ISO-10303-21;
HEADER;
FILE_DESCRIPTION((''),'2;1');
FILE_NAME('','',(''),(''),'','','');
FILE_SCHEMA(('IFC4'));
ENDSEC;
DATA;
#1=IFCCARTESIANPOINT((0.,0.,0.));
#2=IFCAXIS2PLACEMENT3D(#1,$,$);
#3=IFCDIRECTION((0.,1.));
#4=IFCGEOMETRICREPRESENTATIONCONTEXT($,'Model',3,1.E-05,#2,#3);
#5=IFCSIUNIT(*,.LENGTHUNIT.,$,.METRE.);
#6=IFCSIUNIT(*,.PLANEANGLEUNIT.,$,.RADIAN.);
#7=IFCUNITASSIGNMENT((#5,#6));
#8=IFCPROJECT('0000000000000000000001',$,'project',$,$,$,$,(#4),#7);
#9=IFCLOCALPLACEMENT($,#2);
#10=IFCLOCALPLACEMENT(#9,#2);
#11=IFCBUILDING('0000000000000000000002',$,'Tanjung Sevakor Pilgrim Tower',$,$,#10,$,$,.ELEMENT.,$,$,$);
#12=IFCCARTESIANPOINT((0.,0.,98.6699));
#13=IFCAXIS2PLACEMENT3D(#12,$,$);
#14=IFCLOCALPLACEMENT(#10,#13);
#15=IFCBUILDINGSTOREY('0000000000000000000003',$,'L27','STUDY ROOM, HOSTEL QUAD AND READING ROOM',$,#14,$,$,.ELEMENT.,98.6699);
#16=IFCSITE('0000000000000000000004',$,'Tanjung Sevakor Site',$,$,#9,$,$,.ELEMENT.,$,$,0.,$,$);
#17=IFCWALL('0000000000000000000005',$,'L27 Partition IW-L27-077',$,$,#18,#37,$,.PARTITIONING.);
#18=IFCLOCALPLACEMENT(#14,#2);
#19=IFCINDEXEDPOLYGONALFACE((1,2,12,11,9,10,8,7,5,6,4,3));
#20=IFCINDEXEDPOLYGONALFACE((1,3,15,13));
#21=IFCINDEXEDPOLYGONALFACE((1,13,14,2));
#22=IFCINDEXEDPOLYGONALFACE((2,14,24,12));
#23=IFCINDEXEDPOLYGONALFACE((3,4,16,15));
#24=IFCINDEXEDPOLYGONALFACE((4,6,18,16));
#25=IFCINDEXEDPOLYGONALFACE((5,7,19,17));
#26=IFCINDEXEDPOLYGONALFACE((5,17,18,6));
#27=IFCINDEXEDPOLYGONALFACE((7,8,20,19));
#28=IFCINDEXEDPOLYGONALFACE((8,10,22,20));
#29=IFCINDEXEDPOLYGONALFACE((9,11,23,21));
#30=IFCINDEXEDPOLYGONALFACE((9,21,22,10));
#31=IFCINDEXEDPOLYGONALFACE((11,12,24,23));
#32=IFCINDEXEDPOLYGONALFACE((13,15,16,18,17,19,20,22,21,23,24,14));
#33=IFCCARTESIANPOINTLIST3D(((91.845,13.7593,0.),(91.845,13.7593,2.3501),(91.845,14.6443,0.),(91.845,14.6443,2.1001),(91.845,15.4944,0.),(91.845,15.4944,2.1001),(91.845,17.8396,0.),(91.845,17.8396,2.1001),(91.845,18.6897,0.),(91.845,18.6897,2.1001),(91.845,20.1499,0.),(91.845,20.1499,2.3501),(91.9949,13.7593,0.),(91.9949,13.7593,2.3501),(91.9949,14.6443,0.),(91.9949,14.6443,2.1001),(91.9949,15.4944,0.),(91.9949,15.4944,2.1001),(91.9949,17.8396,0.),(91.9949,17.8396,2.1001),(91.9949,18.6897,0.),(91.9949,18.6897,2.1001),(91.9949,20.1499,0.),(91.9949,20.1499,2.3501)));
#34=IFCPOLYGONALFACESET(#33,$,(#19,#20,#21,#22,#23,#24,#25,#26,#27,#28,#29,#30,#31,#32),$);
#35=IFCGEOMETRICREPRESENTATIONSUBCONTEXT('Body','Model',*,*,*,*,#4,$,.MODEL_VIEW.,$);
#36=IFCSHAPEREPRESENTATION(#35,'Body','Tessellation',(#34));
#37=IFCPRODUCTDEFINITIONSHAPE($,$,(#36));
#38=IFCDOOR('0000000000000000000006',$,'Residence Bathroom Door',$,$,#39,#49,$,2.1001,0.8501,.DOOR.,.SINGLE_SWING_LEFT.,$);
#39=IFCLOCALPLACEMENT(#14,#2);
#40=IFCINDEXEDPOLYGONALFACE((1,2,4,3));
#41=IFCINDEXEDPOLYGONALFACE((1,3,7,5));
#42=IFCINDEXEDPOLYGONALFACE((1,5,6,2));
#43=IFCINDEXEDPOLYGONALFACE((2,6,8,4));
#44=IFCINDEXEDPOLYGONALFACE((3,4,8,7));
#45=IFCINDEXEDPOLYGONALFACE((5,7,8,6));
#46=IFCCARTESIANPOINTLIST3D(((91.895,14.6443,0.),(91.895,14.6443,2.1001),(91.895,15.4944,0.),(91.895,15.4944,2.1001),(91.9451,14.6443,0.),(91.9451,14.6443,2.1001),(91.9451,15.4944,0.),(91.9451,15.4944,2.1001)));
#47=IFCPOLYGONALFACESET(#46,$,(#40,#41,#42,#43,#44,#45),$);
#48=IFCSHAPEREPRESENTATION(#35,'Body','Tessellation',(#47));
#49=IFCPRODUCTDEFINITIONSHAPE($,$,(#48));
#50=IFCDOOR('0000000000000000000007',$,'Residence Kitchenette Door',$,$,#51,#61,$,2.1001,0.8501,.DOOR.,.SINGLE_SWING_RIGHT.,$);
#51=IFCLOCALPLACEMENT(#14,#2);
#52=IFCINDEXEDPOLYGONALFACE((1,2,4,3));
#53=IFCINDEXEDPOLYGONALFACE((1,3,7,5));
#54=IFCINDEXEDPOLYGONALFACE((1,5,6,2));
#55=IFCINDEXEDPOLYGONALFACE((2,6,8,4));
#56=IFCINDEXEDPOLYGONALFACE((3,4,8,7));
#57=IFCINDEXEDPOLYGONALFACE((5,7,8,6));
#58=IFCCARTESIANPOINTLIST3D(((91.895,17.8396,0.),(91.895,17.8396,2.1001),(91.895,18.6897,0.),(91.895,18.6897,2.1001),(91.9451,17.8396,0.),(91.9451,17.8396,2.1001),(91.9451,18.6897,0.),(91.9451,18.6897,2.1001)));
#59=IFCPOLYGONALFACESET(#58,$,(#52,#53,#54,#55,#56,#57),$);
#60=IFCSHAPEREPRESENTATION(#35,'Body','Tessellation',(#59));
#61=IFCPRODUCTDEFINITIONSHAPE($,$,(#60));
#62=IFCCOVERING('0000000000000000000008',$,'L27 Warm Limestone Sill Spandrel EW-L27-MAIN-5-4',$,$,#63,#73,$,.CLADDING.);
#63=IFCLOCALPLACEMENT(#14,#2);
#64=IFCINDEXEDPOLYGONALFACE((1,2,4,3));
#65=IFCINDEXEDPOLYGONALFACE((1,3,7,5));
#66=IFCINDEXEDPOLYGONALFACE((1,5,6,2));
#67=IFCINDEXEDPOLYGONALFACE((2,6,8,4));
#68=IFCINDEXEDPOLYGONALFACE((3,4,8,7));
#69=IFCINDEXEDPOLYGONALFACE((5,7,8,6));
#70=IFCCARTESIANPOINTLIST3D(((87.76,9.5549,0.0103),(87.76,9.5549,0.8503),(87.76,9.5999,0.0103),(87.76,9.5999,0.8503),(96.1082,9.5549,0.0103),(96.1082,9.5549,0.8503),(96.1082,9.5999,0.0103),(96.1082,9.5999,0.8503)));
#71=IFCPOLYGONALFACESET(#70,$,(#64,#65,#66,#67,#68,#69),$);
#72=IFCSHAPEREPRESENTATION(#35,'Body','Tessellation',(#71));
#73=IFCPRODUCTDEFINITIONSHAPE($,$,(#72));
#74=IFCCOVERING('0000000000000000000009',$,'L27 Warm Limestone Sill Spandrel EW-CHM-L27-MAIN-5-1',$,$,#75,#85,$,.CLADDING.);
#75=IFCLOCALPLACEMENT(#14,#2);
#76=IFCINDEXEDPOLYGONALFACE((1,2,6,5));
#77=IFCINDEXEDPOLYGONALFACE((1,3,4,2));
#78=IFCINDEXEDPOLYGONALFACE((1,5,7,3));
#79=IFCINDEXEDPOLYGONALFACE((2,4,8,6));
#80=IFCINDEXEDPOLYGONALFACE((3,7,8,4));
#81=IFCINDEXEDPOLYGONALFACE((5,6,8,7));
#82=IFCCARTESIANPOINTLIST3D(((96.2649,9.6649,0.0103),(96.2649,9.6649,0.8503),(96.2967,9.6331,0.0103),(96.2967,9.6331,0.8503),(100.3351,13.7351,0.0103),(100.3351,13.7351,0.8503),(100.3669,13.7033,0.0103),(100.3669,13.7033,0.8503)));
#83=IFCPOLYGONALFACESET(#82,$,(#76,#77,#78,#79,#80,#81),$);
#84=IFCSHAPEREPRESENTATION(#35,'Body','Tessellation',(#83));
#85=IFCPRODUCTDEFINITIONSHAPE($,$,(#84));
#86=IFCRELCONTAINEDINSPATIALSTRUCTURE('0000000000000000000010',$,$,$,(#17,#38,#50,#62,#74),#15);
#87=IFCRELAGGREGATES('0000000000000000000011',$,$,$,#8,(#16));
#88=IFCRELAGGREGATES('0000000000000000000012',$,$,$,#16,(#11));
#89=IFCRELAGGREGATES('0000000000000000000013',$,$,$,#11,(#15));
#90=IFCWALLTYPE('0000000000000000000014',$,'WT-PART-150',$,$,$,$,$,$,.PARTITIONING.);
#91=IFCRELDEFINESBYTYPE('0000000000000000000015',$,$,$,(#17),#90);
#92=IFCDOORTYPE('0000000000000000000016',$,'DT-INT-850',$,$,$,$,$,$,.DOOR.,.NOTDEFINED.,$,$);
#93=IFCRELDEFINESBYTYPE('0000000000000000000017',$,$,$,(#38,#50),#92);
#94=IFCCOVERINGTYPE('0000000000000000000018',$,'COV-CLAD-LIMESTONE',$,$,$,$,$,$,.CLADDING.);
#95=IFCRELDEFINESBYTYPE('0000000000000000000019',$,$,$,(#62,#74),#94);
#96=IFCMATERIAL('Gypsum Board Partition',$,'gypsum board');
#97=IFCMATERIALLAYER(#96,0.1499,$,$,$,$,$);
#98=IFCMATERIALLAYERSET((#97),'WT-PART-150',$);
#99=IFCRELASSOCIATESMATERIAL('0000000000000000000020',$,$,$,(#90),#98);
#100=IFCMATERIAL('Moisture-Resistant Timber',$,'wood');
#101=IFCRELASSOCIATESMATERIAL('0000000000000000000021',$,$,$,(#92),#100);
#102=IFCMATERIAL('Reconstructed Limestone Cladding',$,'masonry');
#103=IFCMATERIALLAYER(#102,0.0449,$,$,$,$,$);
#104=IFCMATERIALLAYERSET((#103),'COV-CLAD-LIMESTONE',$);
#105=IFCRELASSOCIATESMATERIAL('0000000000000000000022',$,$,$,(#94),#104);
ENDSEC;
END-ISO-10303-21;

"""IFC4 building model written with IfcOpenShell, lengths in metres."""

from ifc_helpers import new_model, si_unit, direction, frame, frame_2d, origin, origin_2d, place, context, subcontext, project, spatial, rectangle, extrude, material, layer, layer_set, type_object, element, fill, save


model = new_model("IFC4")

# Units and contexts
model_context = context("Model", 3, precision=1e-05, world=origin(), true_north=direction((0.0, 1.0)))
body_context = subcontext(model_context, "Body", "Model", "MODEL_VIEW")
ifc_project = project(units=[si_unit("LENGTHUNIT", "METRE"), si_unit("PLANEANGLEUNIT", "RADIAN")], contexts=[model_context])

# Site, building, storey
site_placement = place(None, origin())
site = spatial("IfcSite", under=ifc_project, at=site_placement, Name="Tanjung Sevakor Site", CompositionType="ELEMENT", RefElevation=0.0)
building_placement = place(site_placement, origin())
building = spatial("IfcBuilding", under=site, at=building_placement, Name="Tanjung Sevakor Pilgrim Tower", CompositionType="ELEMENT")
storey_placement = place(building_placement, frame((0.0, 0.0, 98.6699)))
storey = spatial("IfcBuildingStorey", under=building, at=storey_placement, Name="L27", Description="STUDY ROOM, HOSTEL QUAD AND READING ROOM", CompositionType="ELEMENT", Elevation=98.6699)

# Shared definitions
ifc_material_1 = material(Name="Gypsum Board Partition", Category="gypsum board")
ifc_layer_1 = layer(ifc_material_1, 0.1499)
ifc_layer_set_1 = layer_set([ifc_layer_1], Name="WT-PART-150")
wall_type_1 = type_object("IfcWallType", Name="WT-PART-150", PredefinedType="PARTITIONING", material=ifc_layer_set_1)
ifc_material_2 = material(Name="Moisture-Resistant Timber", Category="wood")
door_type_1 = type_object("IfcDoorType", Name="DT-INT-850", OperationType="NOTDEFINED", PredefinedType="DOOR", material=ifc_material_2)

# Wall, openings, doors
wall_1_placement = place(storey_placement, frame((91.9199, 13.7593, 0.0), z_axis=(0.0, 0.0, 1.0), x_axis=(0.0, 1.0, 0.0)))
wall_1 = element("IfcWall", 1, at=wall_1_placement, inside=storey, type_object=wall_type_1, Name="L27 Partition IW-L27-077", PredefinedType="PARTITIONING", context=body_context, shape_type="SweptSolid", body=[
    extrude(rectangle(XDim=6.3906, YDim=0.1499, at=frame_2d((3.1953, 0.0))), origin(), (0.0, 0.0, 1.0), 2.3501),
])
opening_1_placement = place(wall_1_placement, frame((0.885, 0.0, 0.0)))
opening_1 = element("IfcOpeningElement", 2, at=opening_1_placement, cuts=wall_1, PredefinedType="OPENING", context=body_context, shape_type="SweptSolid", body=[
    extrude(rectangle(XDim=0.8501, YDim=2.1001, at=frame_2d((0.425, 1.05))), frame((0.0, 0.085, 0.0), z_axis=(0.0, -1.0, 0.0), x_axis=(1.0, 0.0, 0.0)), (0.0, 0.0, 1.0), 0.1699),
])
opening_2_placement = place(wall_1_placement, frame((4.0803, 0.0, 0.0)))
opening_2 = element("IfcOpeningElement", 3, at=opening_2_placement, cuts=wall_1, PredefinedType="OPENING", context=body_context, shape_type="SweptSolid", body=[
    extrude(rectangle(XDim=0.8501, YDim=2.1001, at=frame_2d((0.425, 1.05))), frame((0.0, 0.085, 0.0), z_axis=(0.0, -1.0, 0.0), x_axis=(1.0, 0.0, 0.0)), (0.0, 0.0, 1.0), 0.1699),
])
door_1_placement = place(opening_1_placement, origin())
door_1 = element("IfcDoor", 4, at=door_1_placement, inside=storey, type_object=door_type_1, Name="Residence Bathroom Door", OperationType="SINGLE_SWING_LEFT", OverallHeight=2.1001, OverallWidth=0.8501, PredefinedType="DOOR", context=body_context, shape_type="SweptSolid", body=[
    extrude(rectangle(XDim=0.8501, YDim=2.1001, at=frame_2d((0.425, 1.05))), frame((0.0, 0.0249, 0.0), z_axis=(0.0, -1.0, 0.0), x_axis=(1.0, 0.0, 0.0)), (0.0, 0.0, 1.0), 0.05),
])
fill(opening_1, door_1)
door_2_placement = place(opening_2_placement, origin())
door_2 = element("IfcDoor", 5, at=door_2_placement, inside=storey, type_object=door_type_1, Name="Residence Kitchenette Door", OperationType="SINGLE_SWING_RIGHT", OverallHeight=2.1001, OverallWidth=0.8501, PredefinedType="DOOR", context=body_context, shape_type="SweptSolid", body=[
    extrude(rectangle(XDim=0.8501, YDim=2.1001, at=frame_2d((0.425, 1.05))), frame((0.0, 0.0249, 0.0), z_axis=(0.0, -1.0, 0.0), x_axis=(1.0, 0.0, 0.0)), (0.0, 0.0, 1.0), 0.05),
])
fill(opening_2, door_2)

# Coverings
ifc_material_3 = material(Name="Reconstructed Limestone Cladding", Category="masonry")
ifc_layer_2 = layer(ifc_material_3, 0.0449)
ifc_layer_set_2 = layer_set([ifc_layer_2], Name="COV-CLAD-LIMESTONE")
covering_type = type_object("IfcCoveringType", Name="COV-CLAD-LIMESTONE", PredefinedType="CLADDING", material=ifc_layer_set_2)
covering_1_placement = place(storey_placement, frame((91.9341, 9.5774, 0.0103), z_axis=(0.0, 0.0, 1.0), x_axis=(1.0, 0.0, 0.0)))
element("IfcCovering", 6, at=covering_1_placement, inside=storey, type_object=covering_type, Name="L27 Warm Limestone Sill Spandrel EW-L27-MAIN-5-4", PredefinedType="CLADDING", context=body_context, shape_type="SweptSolid", body=[
    extrude(rectangle(XDim=8.3481, YDim=0.0449, at=origin_2d()), origin(), (0.0, 0.0, 1.0), 0.8401),
])
covering_2_placement = place(storey_placement, frame((98.3159, 11.6841, 0.0103), z_axis=(0.0, 0.0, 1.0), x_axis=(0.707107, 0.707107, 0.0)))
element("IfcCovering", 7, at=covering_2_placement, inside=storey, type_object=covering_type, Name="L27 Warm Limestone Sill Spandrel EW-CHM-L27-MAIN-5-1", PredefinedType="CLADDING", context=body_context, shape_type="SweptSolid", body=[
    extrude(rectangle(XDim=5.7561, YDim=0.0449, at=origin_2d()), origin(), (0.0, 0.0, 1.0), 0.8401),
])

save(model, "model.ifc")
